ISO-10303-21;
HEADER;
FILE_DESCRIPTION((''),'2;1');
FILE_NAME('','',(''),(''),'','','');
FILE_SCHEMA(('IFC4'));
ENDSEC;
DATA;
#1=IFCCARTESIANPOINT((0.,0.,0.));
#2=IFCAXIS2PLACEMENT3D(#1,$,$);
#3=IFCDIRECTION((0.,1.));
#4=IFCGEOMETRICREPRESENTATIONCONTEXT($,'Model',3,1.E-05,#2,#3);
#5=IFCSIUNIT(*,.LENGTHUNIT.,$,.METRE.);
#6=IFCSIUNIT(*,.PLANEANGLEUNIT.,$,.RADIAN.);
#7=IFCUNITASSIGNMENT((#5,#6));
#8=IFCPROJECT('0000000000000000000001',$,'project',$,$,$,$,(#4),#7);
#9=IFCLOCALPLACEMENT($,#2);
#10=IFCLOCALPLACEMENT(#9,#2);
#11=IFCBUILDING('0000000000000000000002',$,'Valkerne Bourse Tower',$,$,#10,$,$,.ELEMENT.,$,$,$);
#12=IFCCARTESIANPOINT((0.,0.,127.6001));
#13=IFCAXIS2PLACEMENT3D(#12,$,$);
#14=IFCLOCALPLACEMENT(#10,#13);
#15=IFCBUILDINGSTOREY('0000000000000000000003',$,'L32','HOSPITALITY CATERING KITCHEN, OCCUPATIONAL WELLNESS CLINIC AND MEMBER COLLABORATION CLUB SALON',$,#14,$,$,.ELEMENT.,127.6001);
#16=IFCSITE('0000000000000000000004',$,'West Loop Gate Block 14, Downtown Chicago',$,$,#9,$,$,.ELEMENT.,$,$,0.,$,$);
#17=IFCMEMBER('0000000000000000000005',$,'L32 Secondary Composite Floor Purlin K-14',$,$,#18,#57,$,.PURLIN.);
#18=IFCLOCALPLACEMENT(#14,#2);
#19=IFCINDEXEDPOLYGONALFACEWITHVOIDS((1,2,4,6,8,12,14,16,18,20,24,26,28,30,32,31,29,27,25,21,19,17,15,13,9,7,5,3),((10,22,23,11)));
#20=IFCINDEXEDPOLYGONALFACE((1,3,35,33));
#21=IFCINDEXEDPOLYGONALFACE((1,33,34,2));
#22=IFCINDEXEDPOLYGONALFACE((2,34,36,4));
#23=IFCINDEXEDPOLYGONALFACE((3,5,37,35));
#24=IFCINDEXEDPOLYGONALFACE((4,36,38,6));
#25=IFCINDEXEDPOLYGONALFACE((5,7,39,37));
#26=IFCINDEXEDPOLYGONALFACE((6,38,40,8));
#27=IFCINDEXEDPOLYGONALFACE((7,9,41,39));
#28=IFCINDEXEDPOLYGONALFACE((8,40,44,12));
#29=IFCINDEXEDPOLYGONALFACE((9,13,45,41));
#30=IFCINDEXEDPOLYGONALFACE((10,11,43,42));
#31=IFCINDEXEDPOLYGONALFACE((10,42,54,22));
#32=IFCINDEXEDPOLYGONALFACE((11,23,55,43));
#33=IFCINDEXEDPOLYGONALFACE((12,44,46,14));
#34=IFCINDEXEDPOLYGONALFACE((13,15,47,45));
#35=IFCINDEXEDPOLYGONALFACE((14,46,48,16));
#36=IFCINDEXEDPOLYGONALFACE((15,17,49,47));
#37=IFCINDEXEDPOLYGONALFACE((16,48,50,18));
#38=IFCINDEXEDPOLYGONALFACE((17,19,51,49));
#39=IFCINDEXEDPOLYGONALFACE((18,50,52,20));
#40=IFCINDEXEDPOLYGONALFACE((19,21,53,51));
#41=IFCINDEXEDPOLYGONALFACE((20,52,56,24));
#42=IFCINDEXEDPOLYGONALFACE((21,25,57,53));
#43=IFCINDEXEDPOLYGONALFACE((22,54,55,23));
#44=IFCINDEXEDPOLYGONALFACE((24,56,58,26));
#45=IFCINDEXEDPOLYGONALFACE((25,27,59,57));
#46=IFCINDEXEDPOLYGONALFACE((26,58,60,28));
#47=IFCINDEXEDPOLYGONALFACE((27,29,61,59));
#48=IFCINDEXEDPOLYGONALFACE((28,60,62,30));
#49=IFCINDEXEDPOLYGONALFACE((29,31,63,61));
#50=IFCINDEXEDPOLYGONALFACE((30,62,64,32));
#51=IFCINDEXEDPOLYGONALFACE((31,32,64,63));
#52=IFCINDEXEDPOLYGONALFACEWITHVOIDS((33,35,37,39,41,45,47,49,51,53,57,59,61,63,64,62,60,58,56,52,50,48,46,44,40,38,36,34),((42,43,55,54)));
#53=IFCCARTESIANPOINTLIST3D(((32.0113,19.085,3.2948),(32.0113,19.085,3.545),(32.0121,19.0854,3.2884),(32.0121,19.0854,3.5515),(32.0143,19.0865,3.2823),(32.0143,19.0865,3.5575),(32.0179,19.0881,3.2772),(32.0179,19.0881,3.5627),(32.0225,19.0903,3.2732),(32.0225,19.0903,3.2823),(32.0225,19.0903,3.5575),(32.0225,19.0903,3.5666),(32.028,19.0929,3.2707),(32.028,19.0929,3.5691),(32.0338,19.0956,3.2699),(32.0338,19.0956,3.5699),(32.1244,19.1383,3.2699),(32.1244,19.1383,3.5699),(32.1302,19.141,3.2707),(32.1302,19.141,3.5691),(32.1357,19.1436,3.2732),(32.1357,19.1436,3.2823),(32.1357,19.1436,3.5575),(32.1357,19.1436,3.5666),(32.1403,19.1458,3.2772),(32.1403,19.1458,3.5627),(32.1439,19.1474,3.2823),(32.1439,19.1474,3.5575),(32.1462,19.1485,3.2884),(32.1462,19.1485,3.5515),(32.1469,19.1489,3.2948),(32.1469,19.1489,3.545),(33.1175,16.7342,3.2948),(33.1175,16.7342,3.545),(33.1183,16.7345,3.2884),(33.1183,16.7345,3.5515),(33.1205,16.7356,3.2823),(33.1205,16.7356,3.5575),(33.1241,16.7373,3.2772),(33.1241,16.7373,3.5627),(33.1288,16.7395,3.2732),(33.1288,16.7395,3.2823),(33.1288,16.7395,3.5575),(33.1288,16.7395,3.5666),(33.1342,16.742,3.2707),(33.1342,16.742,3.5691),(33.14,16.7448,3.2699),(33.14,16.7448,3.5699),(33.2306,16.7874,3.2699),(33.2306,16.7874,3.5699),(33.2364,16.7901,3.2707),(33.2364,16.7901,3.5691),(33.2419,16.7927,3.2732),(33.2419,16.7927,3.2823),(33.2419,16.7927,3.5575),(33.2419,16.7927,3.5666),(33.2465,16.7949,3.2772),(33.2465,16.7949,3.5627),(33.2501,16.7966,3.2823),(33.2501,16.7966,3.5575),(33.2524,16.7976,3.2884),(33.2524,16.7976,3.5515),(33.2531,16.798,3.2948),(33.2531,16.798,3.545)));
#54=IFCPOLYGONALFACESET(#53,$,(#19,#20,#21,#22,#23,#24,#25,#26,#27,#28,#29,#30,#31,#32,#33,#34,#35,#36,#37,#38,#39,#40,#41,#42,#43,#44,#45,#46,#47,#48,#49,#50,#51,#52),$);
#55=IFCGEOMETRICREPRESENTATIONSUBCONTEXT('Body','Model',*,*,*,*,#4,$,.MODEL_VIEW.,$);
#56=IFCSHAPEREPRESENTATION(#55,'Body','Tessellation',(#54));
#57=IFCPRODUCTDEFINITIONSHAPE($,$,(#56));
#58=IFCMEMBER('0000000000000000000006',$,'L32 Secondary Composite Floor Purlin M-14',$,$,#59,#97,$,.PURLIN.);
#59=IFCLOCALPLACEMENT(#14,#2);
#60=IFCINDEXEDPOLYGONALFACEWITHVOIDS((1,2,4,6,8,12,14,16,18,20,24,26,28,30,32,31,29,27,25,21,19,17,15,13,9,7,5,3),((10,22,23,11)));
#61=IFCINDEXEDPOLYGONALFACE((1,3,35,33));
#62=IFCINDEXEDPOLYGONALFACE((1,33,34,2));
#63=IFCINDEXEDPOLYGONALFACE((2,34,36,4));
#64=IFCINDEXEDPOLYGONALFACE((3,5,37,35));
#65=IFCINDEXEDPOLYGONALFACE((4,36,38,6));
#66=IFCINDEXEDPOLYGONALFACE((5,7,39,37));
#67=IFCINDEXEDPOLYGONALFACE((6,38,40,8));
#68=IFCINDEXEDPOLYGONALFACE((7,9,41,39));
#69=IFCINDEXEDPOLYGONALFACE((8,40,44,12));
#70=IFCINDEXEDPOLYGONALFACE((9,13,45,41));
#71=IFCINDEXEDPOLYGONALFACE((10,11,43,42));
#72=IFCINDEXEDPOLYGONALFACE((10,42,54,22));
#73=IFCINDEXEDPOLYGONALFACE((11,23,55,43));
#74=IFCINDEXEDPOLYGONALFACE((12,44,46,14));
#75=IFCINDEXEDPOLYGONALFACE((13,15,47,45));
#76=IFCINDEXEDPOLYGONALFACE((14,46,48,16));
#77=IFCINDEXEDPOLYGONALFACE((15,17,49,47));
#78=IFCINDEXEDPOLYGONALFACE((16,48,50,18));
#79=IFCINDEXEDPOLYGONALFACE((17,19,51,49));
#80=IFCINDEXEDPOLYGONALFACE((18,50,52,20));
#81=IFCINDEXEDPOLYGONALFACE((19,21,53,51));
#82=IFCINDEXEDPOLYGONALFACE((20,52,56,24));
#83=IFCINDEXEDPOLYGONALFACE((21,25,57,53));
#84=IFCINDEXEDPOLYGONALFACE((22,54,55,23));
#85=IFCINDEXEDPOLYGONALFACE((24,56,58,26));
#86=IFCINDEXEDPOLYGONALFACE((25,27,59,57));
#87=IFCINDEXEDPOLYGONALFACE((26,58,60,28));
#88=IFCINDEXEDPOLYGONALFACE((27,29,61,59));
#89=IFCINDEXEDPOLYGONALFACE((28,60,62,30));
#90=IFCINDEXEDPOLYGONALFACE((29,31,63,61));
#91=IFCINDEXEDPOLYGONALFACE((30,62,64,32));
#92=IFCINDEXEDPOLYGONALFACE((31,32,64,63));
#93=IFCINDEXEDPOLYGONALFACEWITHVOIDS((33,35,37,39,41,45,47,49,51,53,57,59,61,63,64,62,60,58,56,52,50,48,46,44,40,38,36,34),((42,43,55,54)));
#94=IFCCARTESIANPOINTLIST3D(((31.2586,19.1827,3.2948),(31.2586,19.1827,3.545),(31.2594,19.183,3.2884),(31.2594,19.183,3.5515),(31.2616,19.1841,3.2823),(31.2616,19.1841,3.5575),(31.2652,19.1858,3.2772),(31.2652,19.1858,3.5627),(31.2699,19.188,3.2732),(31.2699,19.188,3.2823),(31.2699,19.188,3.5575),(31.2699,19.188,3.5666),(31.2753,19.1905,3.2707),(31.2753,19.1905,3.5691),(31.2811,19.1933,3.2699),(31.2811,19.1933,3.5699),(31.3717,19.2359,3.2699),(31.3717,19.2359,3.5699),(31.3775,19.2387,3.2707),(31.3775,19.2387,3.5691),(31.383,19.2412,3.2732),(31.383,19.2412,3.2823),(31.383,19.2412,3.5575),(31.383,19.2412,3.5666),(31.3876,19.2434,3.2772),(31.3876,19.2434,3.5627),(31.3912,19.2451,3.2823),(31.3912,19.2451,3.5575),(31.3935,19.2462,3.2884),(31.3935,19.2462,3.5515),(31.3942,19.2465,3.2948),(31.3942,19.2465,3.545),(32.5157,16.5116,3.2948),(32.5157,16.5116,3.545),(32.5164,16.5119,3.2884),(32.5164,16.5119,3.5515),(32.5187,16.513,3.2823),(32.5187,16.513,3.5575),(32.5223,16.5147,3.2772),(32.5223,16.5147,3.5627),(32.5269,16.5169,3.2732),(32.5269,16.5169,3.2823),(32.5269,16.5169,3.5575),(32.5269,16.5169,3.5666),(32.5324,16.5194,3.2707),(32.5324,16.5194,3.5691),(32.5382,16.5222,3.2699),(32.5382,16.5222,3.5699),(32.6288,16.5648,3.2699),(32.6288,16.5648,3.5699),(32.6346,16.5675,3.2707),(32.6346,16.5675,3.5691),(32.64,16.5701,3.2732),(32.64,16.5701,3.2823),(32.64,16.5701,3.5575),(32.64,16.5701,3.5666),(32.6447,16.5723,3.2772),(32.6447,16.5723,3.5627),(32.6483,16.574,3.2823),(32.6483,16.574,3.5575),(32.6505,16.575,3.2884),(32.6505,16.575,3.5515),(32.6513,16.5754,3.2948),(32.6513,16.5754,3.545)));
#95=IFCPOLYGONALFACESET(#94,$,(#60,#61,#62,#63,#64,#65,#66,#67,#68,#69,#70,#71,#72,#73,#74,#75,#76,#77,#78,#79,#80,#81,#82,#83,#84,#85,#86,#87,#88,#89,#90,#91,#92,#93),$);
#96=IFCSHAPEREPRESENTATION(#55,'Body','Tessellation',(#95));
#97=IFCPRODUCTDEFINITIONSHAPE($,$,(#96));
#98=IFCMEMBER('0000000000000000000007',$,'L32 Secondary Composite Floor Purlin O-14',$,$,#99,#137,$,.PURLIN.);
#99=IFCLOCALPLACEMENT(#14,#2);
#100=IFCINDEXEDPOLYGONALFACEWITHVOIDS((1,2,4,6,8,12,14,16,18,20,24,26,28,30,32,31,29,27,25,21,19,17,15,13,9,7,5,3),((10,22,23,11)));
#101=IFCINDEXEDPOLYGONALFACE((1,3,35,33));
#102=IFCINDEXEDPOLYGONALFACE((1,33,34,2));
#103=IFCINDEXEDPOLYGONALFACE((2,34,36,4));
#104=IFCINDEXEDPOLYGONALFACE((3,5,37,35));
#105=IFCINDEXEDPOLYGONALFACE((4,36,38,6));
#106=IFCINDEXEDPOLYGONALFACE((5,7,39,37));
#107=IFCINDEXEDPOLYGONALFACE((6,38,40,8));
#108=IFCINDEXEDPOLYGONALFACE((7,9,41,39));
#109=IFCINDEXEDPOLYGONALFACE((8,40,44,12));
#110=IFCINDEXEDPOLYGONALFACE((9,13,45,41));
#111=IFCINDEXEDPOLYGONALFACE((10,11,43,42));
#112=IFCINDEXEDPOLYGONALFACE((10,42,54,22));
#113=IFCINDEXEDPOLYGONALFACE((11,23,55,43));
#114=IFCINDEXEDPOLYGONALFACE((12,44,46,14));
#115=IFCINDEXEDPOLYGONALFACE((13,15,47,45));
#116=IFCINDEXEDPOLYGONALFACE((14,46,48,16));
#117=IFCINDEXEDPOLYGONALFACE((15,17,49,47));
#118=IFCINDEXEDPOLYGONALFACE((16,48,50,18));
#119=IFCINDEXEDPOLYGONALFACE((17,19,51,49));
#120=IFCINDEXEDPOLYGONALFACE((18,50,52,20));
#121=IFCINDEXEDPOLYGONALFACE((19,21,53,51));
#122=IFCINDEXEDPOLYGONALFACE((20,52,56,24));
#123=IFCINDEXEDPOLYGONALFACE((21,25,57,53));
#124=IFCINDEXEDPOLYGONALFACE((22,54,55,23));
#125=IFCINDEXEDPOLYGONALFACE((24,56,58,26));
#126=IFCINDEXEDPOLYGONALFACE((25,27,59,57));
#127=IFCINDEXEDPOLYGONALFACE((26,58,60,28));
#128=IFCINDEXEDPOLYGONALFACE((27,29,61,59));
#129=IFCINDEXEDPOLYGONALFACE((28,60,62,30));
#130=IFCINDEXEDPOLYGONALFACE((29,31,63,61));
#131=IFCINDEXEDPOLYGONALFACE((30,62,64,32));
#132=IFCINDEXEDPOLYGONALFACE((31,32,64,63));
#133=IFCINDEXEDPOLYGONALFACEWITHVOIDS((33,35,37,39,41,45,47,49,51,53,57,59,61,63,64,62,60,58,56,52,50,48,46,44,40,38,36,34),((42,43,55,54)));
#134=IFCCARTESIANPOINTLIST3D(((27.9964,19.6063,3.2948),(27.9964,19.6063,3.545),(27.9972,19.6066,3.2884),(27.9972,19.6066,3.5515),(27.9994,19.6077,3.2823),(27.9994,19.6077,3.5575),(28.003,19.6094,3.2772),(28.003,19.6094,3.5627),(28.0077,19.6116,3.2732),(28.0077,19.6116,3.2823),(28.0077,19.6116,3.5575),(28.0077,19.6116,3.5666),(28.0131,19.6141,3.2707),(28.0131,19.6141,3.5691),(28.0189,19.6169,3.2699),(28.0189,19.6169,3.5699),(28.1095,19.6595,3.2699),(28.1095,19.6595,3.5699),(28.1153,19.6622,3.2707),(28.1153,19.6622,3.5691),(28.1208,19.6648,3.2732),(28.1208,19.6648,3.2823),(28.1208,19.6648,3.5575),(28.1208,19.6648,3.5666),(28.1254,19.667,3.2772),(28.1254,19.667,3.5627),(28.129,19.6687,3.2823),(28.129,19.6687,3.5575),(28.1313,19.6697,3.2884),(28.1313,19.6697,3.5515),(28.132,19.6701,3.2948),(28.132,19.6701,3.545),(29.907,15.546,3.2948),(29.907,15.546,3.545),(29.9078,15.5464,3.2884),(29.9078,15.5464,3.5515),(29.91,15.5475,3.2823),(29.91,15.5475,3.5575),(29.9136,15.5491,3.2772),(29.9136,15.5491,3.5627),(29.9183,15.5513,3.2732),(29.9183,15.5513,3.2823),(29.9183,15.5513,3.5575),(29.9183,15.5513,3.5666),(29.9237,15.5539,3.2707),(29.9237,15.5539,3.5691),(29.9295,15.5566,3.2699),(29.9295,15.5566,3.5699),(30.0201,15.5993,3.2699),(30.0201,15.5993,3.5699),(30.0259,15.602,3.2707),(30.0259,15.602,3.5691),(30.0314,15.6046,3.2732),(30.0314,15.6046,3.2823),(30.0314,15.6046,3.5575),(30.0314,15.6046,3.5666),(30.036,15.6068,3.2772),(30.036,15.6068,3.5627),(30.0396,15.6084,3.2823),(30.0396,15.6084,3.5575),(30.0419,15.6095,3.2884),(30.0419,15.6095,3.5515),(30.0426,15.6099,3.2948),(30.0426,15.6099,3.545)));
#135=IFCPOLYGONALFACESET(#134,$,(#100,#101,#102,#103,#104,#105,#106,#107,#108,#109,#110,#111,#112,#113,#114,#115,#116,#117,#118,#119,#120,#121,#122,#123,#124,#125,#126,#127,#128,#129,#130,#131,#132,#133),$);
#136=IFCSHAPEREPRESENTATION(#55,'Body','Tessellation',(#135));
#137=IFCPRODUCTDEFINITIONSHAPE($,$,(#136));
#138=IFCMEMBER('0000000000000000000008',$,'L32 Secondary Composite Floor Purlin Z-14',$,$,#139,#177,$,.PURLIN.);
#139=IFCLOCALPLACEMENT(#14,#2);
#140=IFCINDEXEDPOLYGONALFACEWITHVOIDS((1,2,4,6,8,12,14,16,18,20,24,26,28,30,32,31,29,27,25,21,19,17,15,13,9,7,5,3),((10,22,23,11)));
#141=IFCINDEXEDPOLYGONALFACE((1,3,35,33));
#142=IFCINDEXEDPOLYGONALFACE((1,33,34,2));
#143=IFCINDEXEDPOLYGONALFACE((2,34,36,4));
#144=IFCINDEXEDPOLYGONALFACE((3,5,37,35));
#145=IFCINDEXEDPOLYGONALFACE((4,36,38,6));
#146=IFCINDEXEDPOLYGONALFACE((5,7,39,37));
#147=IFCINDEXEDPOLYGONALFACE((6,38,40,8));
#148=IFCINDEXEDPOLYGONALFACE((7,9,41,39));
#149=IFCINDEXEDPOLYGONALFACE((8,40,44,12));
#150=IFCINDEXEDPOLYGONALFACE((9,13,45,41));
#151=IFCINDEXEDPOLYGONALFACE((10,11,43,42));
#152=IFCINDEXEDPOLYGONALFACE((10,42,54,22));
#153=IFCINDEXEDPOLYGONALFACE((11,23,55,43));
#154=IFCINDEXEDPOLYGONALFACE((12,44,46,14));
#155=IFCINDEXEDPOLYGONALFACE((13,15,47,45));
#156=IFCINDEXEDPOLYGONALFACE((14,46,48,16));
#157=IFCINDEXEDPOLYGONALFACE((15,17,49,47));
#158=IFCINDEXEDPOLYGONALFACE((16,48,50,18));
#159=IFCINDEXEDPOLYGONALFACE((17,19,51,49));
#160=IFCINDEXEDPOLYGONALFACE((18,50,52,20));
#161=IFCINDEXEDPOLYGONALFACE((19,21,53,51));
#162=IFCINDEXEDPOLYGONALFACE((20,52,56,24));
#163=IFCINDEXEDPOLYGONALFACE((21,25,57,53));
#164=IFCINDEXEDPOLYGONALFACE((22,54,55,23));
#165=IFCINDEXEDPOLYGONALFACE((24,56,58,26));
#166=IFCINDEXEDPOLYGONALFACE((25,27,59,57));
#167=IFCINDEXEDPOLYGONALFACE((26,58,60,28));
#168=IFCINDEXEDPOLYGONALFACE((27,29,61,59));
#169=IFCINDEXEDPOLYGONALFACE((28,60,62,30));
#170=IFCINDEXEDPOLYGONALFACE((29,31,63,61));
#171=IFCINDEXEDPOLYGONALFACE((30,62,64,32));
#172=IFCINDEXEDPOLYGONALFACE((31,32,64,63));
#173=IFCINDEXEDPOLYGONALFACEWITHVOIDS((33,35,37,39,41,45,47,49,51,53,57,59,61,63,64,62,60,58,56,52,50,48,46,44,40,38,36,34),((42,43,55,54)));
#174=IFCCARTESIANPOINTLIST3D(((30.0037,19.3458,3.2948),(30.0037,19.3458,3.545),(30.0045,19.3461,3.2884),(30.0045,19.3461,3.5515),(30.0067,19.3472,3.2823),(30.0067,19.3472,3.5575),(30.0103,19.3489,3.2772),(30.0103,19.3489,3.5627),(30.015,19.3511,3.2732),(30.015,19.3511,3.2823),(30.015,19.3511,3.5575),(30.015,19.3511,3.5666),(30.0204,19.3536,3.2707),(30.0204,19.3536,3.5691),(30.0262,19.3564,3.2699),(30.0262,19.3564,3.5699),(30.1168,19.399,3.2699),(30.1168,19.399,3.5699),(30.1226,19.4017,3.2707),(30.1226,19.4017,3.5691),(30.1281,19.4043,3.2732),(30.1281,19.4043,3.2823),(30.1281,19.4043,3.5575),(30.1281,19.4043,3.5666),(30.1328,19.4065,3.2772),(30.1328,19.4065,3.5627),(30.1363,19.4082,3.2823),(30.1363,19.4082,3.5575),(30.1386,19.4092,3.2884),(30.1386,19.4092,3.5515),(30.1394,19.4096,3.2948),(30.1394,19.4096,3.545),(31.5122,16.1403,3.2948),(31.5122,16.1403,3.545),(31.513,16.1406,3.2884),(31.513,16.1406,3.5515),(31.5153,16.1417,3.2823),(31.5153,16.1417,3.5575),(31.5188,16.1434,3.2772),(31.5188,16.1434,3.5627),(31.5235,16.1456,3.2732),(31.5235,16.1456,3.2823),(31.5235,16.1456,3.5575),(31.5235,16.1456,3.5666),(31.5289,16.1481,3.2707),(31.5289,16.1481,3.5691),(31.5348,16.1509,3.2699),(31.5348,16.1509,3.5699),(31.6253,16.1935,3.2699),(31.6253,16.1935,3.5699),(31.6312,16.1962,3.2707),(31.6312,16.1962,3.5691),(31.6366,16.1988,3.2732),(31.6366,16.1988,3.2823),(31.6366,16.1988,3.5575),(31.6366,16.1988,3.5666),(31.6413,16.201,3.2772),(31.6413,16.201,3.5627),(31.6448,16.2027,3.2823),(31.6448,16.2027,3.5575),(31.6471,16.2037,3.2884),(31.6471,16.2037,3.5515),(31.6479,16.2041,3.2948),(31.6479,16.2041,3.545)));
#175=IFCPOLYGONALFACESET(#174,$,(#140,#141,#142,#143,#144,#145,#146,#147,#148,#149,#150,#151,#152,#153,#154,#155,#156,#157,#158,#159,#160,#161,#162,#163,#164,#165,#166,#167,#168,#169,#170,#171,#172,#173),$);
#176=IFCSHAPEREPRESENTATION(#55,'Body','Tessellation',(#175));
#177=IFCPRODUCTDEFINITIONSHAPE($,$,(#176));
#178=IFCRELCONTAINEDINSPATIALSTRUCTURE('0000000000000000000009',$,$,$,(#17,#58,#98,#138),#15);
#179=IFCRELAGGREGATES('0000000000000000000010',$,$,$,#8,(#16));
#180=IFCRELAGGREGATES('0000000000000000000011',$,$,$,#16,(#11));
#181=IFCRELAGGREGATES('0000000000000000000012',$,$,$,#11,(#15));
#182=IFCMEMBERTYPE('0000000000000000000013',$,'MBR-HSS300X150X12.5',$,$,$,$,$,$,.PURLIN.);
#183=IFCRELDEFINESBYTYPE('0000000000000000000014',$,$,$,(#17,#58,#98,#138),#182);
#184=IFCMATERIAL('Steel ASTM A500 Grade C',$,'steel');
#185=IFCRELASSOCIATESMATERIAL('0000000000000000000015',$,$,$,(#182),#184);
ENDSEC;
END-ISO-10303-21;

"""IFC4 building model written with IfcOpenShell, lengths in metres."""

from ifc_helpers import new_model, si_unit, direction, frame, origin, origin_2d, place, context, subcontext, project, spatial, hollow_rectangle, extrude, material, material_profile, profile_set, type_object, element, save


model = new_model("IFC4")

# Units and contexts
model_context = context("Model", 3, precision=1e-05, world=origin(), true_north=direction((0.0, 1.0)))
body_context = subcontext(model_context, "Body", "Model", "MODEL_VIEW")
ifc_project = project(units=[si_unit("LENGTHUNIT", "METRE"), si_unit("PLANEANGLEUNIT", "RADIAN")], contexts=[model_context])

# Site, building, storey
site_placement = place(None, origin())
site = spatial("IfcSite", under=ifc_project, at=site_placement, Name="West Loop Gate Block 14, Downtown Chicago", CompositionType="ELEMENT", RefElevation=0.0)
building_placement = place(site_placement, origin())
building = spatial("IfcBuilding", under=site, at=building_placement, Name="Valkerne Bourse Tower", CompositionType="ELEMENT")
storey_placement = place(building_placement, frame((0.0, 0.0, 127.6001)))
storey = spatial("IfcBuildingStorey", under=building, at=storey_placement, Name="L32", Description="HOSPITALITY CATERING KITCHEN, OCCUPATIONAL WELLNESS CLINIC AND MEMBER COLLABORATION CLUB SALON", CompositionType="ELEMENT", Elevation=127.6001)

# Members
ifc_material_1 = material(Name="Steel ASTM A500 Grade C", Category="steel")
ifc_material_profile_1 = material_profile(ifc_material_1, hollow_rectangle(XDim=0.1499, YDim=0.3, WallThickness=0.0125, OuterFilletRadius=0.0249, at=origin_2d()), Name="HSS300X150X12.5")
ifc_profile_set_1 = profile_set([ifc_material_profile_1], Name="Steel ASTM A500 Grade C")
member_type_1 = type_object("IfcMemberType", Name="MBR-HSS300X150X12.5", PredefinedType="PURLIN", material=ifc_profile_set_1)
member_1_placement = place(storey_placement, frame((32.0791, 19.1169, 3.4199), z_axis=(0.425774, -0.904829, 0.0), x_axis=(0.904829, 0.425774, 0.0)))
element("IfcMember", 1, at=member_1_placement, inside=storey, type_object=member_type_1, Name="L32 Secondary Composite Floor Purlin K-14", PredefinedType="PURLIN", context=body_context, shape_type="SweptSolid", body=[
    extrude(hollow_rectangle(XDim=0.1499, YDim=0.3, WallThickness=0.0125, OuterFilletRadius=0.0249, at=origin_2d()), origin(), (0.0, 0.0, 1.0), 2.5981),
])
member_2_placement = place(storey_placement, frame((31.3264, 19.2146, 3.4199), z_axis=(0.425817, -0.904809, 0.0), x_axis=(0.904809, 0.425817, 0.0)))
element("IfcMember", 2, at=member_2_placement, inside=storey, type_object=member_type_1, Name="L32 Secondary Composite Floor Purlin M-14", PredefinedType="PURLIN", context=body_context, shape_type="SweptSolid", body=[
    extrude(hollow_rectangle(XDim=0.1499, YDim=0.3, WallThickness=0.0125, OuterFilletRadius=0.0249, at=origin_2d()), origin(), (0.0, 0.0, 1.0), 2.9521),
])
member_3_placement = place(storey_placement, frame((28.0642, 19.6382, 3.4199), z_axis=(0.425781, -0.904826, 0.0), x_axis=(0.904826, 0.425781, 0.0)))
element("IfcMember", 3, at=member_3_placement, inside=storey, type_object=member_type_1, Name="L32 Secondary Composite Floor Purlin O-14", PredefinedType="PURLIN", context=body_context, shape_type="SweptSolid", body=[
    extrude(hollow_rectangle(XDim=0.1499, YDim=0.3, WallThickness=0.0125, OuterFilletRadius=0.0249, at=origin_2d()), origin(), (0.0, 0.0, 1.0), 4.4873),
])
member_4_placement = place(storey_placement, frame((30.0715, 19.3777, 3.4199), z_axis=(0.425807, -0.904814, 0.0), x_axis=(0.904814, 0.425807, 0.0)))
element("IfcMember", 4, at=member_4_placement, inside=storey, type_object=member_type_1, Name="L32 Secondary Composite Floor Purlin Z-14", PredefinedType="PURLIN", context=body_context, shape_type="SweptSolid", body=[
    extrude(hollow_rectangle(XDim=0.1499, YDim=0.3, WallThickness=0.0125, OuterFilletRadius=0.0249, at=origin_2d()), origin(), (0.0, 0.0, 1.0), 3.5427),
])

save(model, "model.ifc")
